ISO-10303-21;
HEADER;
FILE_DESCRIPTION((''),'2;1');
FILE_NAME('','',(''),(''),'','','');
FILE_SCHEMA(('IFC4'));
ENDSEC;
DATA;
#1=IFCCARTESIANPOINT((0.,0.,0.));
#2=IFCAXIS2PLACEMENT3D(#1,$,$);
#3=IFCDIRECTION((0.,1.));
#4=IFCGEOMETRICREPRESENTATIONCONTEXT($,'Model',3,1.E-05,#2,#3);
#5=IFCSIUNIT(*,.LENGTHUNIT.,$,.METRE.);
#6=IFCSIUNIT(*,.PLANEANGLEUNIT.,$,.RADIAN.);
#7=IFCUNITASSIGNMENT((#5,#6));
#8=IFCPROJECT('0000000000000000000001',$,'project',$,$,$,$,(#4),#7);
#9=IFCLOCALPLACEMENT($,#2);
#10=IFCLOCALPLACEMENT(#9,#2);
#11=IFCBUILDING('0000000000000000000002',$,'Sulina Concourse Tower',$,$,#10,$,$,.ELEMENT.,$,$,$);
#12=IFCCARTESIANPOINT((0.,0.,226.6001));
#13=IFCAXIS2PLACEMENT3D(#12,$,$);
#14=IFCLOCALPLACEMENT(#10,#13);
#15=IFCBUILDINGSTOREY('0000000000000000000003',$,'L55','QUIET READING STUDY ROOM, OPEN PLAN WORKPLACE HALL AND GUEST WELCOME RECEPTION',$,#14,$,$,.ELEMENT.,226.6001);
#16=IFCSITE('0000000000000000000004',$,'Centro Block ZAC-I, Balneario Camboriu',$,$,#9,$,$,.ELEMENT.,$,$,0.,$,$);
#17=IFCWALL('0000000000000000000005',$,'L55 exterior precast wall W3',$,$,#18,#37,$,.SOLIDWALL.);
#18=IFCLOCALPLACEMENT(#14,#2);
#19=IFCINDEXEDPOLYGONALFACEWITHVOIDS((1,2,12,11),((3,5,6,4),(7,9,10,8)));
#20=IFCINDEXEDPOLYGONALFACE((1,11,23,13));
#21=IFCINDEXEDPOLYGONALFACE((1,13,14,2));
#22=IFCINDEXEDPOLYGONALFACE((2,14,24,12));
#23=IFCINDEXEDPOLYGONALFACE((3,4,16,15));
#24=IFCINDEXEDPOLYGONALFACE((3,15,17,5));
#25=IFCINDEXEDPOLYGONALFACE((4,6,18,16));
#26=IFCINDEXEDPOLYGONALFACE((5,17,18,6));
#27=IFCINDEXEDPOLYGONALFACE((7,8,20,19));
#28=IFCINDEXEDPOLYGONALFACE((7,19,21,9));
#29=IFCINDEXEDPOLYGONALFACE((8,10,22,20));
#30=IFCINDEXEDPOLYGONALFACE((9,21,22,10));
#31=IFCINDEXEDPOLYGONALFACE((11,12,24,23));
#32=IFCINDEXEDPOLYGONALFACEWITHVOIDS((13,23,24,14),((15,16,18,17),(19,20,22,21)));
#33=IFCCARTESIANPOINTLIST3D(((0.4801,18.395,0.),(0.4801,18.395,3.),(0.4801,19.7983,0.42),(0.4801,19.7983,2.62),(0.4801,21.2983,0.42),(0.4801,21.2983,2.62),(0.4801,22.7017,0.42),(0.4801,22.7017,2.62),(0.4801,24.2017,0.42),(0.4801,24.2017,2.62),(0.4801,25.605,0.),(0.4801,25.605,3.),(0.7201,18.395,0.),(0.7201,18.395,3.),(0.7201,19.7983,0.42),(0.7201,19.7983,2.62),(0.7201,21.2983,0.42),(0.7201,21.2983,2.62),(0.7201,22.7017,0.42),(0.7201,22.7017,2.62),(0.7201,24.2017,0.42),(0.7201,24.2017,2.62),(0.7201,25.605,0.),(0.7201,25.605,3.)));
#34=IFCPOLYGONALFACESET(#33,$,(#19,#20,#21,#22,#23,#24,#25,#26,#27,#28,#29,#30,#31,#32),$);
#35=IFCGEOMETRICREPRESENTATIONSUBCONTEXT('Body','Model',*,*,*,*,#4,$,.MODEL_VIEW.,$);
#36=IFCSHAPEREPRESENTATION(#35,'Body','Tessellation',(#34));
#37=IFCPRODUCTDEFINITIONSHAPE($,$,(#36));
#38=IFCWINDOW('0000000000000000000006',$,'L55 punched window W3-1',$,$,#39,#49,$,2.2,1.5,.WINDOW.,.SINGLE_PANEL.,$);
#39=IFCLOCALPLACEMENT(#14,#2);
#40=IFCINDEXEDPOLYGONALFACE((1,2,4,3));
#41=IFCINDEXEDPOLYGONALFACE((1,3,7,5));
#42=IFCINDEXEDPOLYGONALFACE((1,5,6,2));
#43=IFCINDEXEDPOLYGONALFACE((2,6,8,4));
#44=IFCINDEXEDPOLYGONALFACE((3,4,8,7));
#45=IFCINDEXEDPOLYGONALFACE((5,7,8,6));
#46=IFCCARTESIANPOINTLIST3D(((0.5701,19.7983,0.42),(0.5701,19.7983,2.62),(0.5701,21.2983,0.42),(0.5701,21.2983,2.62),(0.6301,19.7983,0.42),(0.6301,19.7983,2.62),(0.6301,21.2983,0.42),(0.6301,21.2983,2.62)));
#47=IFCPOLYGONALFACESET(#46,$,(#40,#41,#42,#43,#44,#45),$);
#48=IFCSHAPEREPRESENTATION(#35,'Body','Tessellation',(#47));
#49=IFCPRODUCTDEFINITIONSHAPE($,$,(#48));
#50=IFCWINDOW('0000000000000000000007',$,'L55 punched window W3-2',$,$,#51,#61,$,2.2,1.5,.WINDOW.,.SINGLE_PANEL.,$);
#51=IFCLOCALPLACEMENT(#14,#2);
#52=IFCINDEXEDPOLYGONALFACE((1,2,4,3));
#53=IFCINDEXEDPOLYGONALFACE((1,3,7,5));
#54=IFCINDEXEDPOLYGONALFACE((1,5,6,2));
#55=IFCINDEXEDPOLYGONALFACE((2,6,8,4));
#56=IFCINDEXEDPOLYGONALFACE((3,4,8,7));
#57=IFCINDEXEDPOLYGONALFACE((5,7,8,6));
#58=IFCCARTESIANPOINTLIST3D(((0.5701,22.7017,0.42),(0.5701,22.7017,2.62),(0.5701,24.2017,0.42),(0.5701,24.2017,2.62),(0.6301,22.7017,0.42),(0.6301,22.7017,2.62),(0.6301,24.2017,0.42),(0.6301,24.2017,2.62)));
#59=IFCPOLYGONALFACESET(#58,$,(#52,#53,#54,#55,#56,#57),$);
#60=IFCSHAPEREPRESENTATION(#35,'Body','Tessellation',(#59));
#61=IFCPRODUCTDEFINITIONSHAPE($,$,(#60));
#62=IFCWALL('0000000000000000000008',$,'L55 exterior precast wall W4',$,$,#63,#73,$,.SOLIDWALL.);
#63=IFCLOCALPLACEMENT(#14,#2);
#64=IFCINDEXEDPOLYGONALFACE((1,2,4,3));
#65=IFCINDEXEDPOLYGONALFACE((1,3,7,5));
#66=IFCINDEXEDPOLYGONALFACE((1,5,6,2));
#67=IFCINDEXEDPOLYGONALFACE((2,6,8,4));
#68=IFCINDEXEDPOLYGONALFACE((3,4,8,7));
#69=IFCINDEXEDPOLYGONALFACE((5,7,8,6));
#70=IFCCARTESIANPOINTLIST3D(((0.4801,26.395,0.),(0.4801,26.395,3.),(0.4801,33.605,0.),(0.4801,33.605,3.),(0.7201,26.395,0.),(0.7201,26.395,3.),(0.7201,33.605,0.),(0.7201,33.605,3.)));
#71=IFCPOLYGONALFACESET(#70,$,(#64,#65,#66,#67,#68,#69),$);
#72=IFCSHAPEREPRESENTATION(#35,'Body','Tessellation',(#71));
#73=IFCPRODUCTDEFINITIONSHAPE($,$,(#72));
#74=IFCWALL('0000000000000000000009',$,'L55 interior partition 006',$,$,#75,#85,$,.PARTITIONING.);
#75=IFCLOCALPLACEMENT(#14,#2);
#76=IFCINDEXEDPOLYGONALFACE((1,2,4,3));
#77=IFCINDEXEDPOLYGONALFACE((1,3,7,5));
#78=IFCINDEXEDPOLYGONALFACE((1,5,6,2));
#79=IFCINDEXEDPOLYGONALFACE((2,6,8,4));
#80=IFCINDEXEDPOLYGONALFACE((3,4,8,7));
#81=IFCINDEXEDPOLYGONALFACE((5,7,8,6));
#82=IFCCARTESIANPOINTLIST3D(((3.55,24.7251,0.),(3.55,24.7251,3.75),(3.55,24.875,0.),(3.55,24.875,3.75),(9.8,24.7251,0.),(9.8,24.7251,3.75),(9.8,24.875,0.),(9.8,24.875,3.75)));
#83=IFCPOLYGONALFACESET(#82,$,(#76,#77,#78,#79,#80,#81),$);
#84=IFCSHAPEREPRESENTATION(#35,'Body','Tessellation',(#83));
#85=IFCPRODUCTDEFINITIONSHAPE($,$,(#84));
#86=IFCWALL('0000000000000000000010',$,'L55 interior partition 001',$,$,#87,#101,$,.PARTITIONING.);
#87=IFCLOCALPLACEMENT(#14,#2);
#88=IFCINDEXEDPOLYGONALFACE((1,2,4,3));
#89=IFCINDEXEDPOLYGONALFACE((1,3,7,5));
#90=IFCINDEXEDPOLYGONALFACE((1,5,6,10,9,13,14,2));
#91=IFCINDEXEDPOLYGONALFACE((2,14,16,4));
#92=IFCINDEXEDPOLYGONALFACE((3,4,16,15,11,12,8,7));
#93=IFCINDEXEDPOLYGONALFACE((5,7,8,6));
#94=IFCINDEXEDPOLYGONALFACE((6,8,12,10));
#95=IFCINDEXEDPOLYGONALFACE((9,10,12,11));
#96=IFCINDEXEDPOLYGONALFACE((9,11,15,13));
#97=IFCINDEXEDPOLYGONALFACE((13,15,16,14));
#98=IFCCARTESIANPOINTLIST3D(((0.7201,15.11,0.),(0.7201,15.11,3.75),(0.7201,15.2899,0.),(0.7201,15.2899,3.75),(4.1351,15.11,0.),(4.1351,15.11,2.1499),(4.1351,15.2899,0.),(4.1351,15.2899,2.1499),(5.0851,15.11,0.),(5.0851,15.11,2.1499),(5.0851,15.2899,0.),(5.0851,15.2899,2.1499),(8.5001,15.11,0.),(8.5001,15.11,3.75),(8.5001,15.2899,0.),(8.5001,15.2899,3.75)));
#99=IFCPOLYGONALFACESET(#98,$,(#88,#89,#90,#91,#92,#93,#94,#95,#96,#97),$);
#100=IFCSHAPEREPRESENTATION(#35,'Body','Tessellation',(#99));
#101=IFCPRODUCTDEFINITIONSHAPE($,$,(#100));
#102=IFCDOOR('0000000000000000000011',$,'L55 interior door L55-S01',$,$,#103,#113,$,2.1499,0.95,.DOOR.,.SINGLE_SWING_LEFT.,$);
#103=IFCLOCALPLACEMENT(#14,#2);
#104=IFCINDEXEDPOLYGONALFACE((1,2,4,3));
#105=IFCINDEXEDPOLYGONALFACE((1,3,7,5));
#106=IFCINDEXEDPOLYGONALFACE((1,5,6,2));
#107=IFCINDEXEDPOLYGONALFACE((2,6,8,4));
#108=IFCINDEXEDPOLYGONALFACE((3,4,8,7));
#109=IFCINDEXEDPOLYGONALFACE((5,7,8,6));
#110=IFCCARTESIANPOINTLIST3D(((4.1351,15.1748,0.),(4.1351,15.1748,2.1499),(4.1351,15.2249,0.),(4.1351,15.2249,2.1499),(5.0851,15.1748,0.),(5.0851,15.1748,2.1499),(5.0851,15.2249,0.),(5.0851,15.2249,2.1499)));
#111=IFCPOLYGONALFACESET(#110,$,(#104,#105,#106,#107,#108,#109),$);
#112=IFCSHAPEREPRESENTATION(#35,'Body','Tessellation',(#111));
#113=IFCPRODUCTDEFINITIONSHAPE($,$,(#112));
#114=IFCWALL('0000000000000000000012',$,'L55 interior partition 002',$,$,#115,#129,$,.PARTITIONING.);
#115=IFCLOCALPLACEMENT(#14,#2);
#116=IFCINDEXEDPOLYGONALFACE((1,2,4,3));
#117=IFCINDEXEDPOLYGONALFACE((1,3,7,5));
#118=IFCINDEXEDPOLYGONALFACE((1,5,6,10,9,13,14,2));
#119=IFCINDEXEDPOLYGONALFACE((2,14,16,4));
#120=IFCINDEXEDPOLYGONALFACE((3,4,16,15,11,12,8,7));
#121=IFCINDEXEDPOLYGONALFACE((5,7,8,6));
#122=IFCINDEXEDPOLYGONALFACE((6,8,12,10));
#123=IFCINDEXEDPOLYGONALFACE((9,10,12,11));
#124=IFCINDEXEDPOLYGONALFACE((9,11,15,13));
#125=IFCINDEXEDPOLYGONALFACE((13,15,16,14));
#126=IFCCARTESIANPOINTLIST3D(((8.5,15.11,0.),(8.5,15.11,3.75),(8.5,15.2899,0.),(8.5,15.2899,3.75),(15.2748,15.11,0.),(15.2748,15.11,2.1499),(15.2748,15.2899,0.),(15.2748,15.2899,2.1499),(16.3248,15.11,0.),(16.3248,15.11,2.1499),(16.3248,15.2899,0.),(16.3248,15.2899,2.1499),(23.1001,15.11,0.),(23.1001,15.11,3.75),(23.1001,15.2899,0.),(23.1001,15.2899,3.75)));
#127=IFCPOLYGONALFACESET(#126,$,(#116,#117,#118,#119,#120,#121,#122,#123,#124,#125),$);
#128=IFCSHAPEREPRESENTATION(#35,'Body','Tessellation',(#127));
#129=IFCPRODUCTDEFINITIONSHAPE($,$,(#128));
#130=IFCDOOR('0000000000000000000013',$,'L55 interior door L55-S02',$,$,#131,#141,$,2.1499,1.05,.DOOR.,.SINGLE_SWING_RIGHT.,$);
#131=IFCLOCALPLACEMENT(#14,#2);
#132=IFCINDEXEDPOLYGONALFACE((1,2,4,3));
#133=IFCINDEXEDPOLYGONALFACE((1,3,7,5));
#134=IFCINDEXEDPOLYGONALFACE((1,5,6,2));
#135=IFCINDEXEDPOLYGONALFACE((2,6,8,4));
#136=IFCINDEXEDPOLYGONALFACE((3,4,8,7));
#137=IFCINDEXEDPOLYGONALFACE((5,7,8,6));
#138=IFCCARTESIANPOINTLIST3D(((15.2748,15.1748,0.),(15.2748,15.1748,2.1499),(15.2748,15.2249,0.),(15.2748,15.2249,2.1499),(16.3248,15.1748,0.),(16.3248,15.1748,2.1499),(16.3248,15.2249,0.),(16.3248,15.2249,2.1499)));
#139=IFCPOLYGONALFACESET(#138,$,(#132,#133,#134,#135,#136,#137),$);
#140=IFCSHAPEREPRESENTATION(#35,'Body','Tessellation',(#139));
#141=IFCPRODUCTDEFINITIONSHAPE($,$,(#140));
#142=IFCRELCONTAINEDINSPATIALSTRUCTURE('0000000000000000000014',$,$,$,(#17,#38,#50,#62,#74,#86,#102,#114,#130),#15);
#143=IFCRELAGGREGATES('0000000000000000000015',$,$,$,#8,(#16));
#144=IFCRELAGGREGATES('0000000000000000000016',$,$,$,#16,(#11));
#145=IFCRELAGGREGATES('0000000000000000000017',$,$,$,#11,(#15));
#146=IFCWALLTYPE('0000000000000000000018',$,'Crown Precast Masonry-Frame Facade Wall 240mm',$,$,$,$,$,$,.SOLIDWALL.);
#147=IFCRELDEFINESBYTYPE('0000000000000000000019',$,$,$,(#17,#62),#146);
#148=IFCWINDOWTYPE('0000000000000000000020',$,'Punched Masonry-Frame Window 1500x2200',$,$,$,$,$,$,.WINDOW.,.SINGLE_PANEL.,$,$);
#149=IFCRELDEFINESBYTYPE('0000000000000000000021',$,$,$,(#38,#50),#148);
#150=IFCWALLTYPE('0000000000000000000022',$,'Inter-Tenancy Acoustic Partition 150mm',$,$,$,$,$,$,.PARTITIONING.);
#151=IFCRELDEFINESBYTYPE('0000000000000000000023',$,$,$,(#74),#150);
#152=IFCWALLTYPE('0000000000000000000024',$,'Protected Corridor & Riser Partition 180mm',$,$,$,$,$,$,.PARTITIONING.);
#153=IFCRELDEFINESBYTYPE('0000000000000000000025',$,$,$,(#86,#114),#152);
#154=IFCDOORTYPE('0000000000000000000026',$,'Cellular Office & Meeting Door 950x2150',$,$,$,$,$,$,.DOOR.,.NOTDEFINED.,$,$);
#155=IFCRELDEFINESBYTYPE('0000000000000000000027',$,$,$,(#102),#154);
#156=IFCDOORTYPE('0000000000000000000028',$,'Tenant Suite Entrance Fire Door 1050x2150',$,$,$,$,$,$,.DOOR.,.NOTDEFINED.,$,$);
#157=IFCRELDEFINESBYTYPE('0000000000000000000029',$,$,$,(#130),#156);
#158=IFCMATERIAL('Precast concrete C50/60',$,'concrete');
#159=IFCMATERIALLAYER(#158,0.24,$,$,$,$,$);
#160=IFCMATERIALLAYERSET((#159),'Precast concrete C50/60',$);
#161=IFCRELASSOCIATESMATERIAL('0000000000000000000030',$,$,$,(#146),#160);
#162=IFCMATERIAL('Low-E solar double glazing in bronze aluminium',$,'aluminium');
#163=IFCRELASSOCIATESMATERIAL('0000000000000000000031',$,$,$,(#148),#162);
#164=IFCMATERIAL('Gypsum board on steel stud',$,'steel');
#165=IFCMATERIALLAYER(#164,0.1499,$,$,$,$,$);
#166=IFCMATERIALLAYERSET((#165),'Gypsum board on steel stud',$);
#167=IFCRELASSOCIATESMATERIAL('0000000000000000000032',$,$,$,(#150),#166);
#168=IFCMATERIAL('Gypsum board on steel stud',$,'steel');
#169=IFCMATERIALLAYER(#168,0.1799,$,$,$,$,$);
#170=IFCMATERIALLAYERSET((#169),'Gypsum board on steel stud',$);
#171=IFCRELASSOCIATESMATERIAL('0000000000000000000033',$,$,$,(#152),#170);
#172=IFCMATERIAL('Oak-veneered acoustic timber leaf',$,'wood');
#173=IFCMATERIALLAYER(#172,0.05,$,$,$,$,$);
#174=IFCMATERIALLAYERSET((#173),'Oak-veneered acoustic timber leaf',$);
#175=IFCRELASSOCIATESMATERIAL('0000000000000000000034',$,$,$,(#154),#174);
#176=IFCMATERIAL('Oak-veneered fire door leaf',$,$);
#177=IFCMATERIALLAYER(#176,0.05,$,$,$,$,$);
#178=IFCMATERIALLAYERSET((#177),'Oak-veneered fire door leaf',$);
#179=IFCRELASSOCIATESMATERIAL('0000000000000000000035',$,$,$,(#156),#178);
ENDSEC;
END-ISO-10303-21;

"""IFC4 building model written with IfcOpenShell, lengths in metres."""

from ifc_helpers import new_model, si_unit, direction, frame, frame_2d, origin, place, context, subcontext, project, spatial, rectangle, extrude, material, layer, layer_set, type_object, element, fill, save


model = new_model("IFC4")

# Units and contexts
model_context = context("Model", 3, precision=1e-05, world=origin(), true_north=direction((0.0, 1.0)))
body_context = subcontext(model_context, "Body", "Model", "MODEL_VIEW")
ifc_project = project(units=[si_unit("LENGTHUNIT", "METRE"), si_unit("PLANEANGLEUNIT", "RADIAN")], contexts=[model_context])

# Site, building, storey
site_placement = place(None, origin())
site = spatial("IfcSite", under=ifc_project, at=site_placement, Name="Centro Block ZAC-I, Balneario Camboriu", CompositionType="ELEMENT", RefElevation=0.0)
building_placement = place(site_placement, origin())
building = spatial("IfcBuilding", under=site, at=building_placement, Name="Sulina Concourse Tower", CompositionType="ELEMENT")
storey_placement = place(building_placement, frame((0.0, 0.0, 226.6001)))
storey = spatial("IfcBuildingStorey", under=building, at=storey_placement, Name="L55", Description="QUIET READING STUDY ROOM, OPEN PLAN WORKPLACE HALL AND GUEST WELCOME RECEPTION", CompositionType="ELEMENT", Elevation=226.6001)

# Wall, openings, windows
ifc_material_1 = material(Name="Precast concrete C50/60", Category="concrete")
ifc_layer_1 = layer(ifc_material_1, 0.24)
ifc_layer_set_1 = layer_set([ifc_layer_1], Name="Precast concrete C50/60")
wall_type_1 = type_object("IfcWallType", Name="Crown Precast Masonry-Frame Facade Wall 240mm", PredefinedType="SOLIDWALL", material=ifc_layer_set_1)
wall_1_placement = place(storey_placement, frame((0.6001, 18.395, 0.0), z_axis=(0.0, 0.0, 1.0), x_axis=(0.0, 1.0, 0.0)))
wall_1 = element("IfcWall", 1, at=wall_1_placement, inside=storey, type_object=wall_type_1, Name="L55 exterior precast wall W3", PredefinedType="SOLIDWALL", context=body_context, shape_type="SweptSolid", body=[
    extrude(rectangle(XDim=7.21, YDim=0.24, at=frame_2d((3.605, 0.0))), origin(), (0.0, 0.0, 1.0), 3.0),
])
opening_1_placement = place(wall_1_placement, frame((1.4033, 0.0, 0.4199)))
opening_1 = element("IfcOpeningElement", 2, at=opening_1_placement, cuts=wall_1, PredefinedType="OPENING", context=body_context, shape_type="SweptSolid", body=[
    extrude(rectangle(XDim=1.5, YDim=2.2, at=frame_2d((0.75, 1.1001))), frame((0.0, 0.1299, 0.0), z_axis=(0.0, -1.0, 0.0), x_axis=(1.0, 0.0, 0.0)), (0.0, 0.0, 1.0), 0.26),
])
opening_2_placement = place(wall_1_placement, frame((4.3066, 0.0, 0.4199)))
opening_2 = element("IfcOpeningElement", 3, at=opening_2_placement, cuts=wall_1, PredefinedType="OPENING", context=body_context, shape_type="SweptSolid", body=[
    extrude(rectangle(XDim=1.5, YDim=2.2, at=frame_2d((0.75, 1.1001))), frame((0.0, 0.1299, 0.0), z_axis=(0.0, -1.0, 0.0), x_axis=(1.0, 0.0, 0.0)), (0.0, 0.0, 1.0), 0.26),
])
ifc_material_2 = material(Name="Low-E solar double glazing in bronze aluminium", Category="aluminium")
window_type = type_object("IfcWindowType", Name="Punched Masonry-Frame Window 1500x2200", PartitioningType="SINGLE_PANEL", PredefinedType="WINDOW", material=ifc_material_2)
window_1_placement = place(opening_1_placement, origin())
window_1 = element("IfcWindow", 4, at=window_1_placement, inside=storey, type_object=window_type, Name="L55 punched window W3-1", OverallHeight=2.2, OverallWidth=1.5, PartitioningType="SINGLE_PANEL", PredefinedType="WINDOW", context=body_context, shape_type="SweptSolid", body=[
    extrude(rectangle(XDim=1.5, YDim=2.2, at=frame_2d((0.75, 1.1001))), frame((0.0, 0.03, 0.0), z_axis=(0.0, -1.0, 0.0), x_axis=(1.0, 0.0, 0.0)), (0.0, 0.0, 1.0), 0.0601),
])
fill(opening_1, window_1)
window_2_placement = place(opening_2_placement, origin())
window_2 = element("IfcWindow", 5, at=window_2_placement, inside=storey, type_object=window_type, Name="L55 punched window W3-2", OverallHeight=2.2, OverallWidth=1.5, PartitioningType="SINGLE_PANEL", PredefinedType="WINDOW", context=body_context, shape_type="SweptSolid", body=[
    extrude(rectangle(XDim=1.5, YDim=2.2, at=frame_2d((0.75, 1.1001))), frame((0.0, 0.03, 0.0), z_axis=(0.0, -1.0, 0.0), x_axis=(1.0, 0.0, 0.0)), (0.0, 0.0, 1.0), 0.0601),
])
fill(opening_2, window_2)

# Walls
wall_2_placement = place(storey_placement, frame((0.6001, 26.395, 0.0), z_axis=(0.0, 0.0, 1.0), x_axis=(0.0, 1.0, 0.0)))
element("IfcWall", 6, at=wall_2_placement, inside=storey, type_object=wall_type_1, Name="L55 exterior precast wall W4", PredefinedType="SOLIDWALL", context=body_context, shape_type="SweptSolid", body=[
    extrude(rectangle(XDim=7.21, YDim=0.24, at=frame_2d((3.605, 0.0))), origin(), (0.0, 0.0, 1.0), 3.0),
])
ifc_material_3 = material(Name="Gypsum board on steel stud", Category="steel")
ifc_layer_2 = layer(ifc_material_3, 0.1499)
ifc_layer_set_2 = layer_set([ifc_layer_2], Name="Gypsum board on steel stud")
wall_type_2 = type_object("IfcWallType", Name="Inter-Tenancy Acoustic Partition 150mm", PredefinedType="PARTITIONING", material=ifc_layer_set_2)
wall_3_placement = place(storey_placement, frame((3.55, 24.8, 0.0), z_axis=(0.0, 0.0, 1.0), x_axis=(1.0, 0.0, 0.0)))
element("IfcWall", 7, at=wall_3_placement, inside=storey, type_object=wall_type_2, Name="L55 interior partition 006", PredefinedType="PARTITIONING", context=body_context, shape_type="SweptSolid", body=[
    extrude(rectangle(XDim=6.25, YDim=0.1499, at=frame_2d((3.125, 0.0))), origin(), (0.0, 0.0, 1.0), 3.75),
])

# Walls, openings, doors
ifc_material_4 = material(Name="Gypsum board on steel stud", Category="steel")
ifc_layer_3 = layer(ifc_material_4, 0.1799)
ifc_layer_set_3 = layer_set([ifc_layer_3], Name="Gypsum board on steel stud")
wall_type_3 = type_object("IfcWallType", Name="Protected Corridor & Riser Partition 180mm", PredefinedType="PARTITIONING", material=ifc_layer_set_3)
wall_4_placement = place(storey_placement, frame((0.72, 15.2, 0.0), z_axis=(0.0, 0.0, 1.0), x_axis=(1.0, 0.0, 0.0)))
wall_4 = element("IfcWall", 8, at=wall_4_placement, inside=storey, type_object=wall_type_3, Name="L55 interior partition 001", PredefinedType="PARTITIONING", context=body_context, shape_type="SweptSolid", body=[
    extrude(rectangle(XDim=7.78, YDim=0.1799, at=frame_2d((3.8901, 0.0))), origin(), (0.0, 0.0, 1.0), 3.75),
])
opening_3_placement = place(wall_4_placement, frame((3.415, 0.0, 0.0)))
opening_3 = element("IfcOpeningElement", 9, at=opening_3_placement, cuts=wall_4, PredefinedType="OPENING", context=body_context, shape_type="SweptSolid", body=[
    extrude(rectangle(XDim=0.95, YDim=2.1499, at=frame_2d((0.4751, 1.075))), frame((0.0, 0.0999, 0.0), z_axis=(0.0, -1.0, 0.0), x_axis=(1.0, 0.0, 0.0)), (0.0, 0.0, 1.0), 0.2),
])
ifc_material_5 = material(Name="Oak-veneered acoustic timber leaf", Category="wood")
ifc_layer_4 = layer(ifc_material_5, 0.05)
ifc_layer_set_4 = layer_set([ifc_layer_4], Name="Oak-veneered acoustic timber leaf")
door_type_1 = type_object("IfcDoorType", Name="Cellular Office & Meeting Door 950x2150", OperationType="NOTDEFINED", PredefinedType="DOOR", material=ifc_layer_set_4)
door_1_placement = place(opening_3_placement, origin())
door_1 = element("IfcDoor", 10, at=door_1_placement, inside=storey, type_object=door_type_1, Name="L55 interior door L55-S01", OperationType="SINGLE_SWING_LEFT", OverallHeight=2.1499, OverallWidth=0.95, PredefinedType="DOOR", context=body_context, shape_type="SweptSolid", body=[
    extrude(rectangle(XDim=0.95, YDim=2.1499, at=frame_2d((0.4751, 1.075))), frame((0.0, 0.0249, 0.0), z_axis=(0.0, -1.0, 0.0), x_axis=(1.0, 0.0, 0.0)), (0.0, 0.0, 1.0), 0.05),
])
fill(opening_3, door_1)
wall_5_placement = place(storey_placement, frame((8.5, 15.2, 0.0), z_axis=(0.0, 0.0, 1.0), x_axis=(1.0, 0.0, 0.0)))
wall_5 = element("IfcWall", 11, at=wall_5_placement, inside=storey, type_object=wall_type_3, Name="L55 interior partition 002", PredefinedType="PARTITIONING", context=body_context, shape_type="SweptSolid", body=[
    extrude(rectangle(XDim=14.6001, YDim=0.1799, at=frame_2d((7.3, 0.0))), origin(), (0.0, 0.0, 1.0), 3.75),
])
opening_4_placement = place(wall_5_placement, frame((6.7749, 0.0, 0.0)))
opening_4 = element("IfcOpeningElement", 12, at=opening_4_placement, cuts=wall_5, PredefinedType="OPENING", context=body_context, shape_type="SweptSolid", body=[
    extrude(rectangle(XDim=1.05, YDim=2.1499, at=frame_2d((0.5249, 1.075))), frame((0.0, 0.0999, 0.0), z_axis=(0.0, -1.0, 0.0), x_axis=(1.0, 0.0, 0.0)), (0.0, 0.0, 1.0), 0.2),
])
ifc_material_6 = material(Name="Oak-veneered fire door leaf")
ifc_layer_5 = layer(ifc_material_6, 0.05)
ifc_layer_set_5 = layer_set([ifc_layer_5], Name="Oak-veneered fire door leaf")
door_type_2 = type_object("IfcDoorType", Name="Tenant Suite Entrance Fire Door 1050x2150", OperationType="NOTDEFINED", PredefinedType="DOOR", material=ifc_layer_set_5)
door_2_placement = place(opening_4_placement, origin())
door_2 = element("IfcDoor", 13, at=door_2_placement, inside=storey, type_object=door_type_2, Name="L55 interior door L55-S02", OperationType="SINGLE_SWING_RIGHT", OverallHeight=2.1499, OverallWidth=1.05, PredefinedType="DOOR", context=body_context, shape_type="SweptSolid", body=[
    extrude(rectangle(XDim=1.05, YDim=2.1499, at=frame_2d((0.5249, 1.075))), frame((0.0, 0.0249, 0.0), z_axis=(0.0, -1.0, 0.0), x_axis=(1.0, 0.0, 0.0)), (0.0, 0.0, 1.0), 0.05),
])
fill(opening_4, door_2)

save(model, "model.ifc")
